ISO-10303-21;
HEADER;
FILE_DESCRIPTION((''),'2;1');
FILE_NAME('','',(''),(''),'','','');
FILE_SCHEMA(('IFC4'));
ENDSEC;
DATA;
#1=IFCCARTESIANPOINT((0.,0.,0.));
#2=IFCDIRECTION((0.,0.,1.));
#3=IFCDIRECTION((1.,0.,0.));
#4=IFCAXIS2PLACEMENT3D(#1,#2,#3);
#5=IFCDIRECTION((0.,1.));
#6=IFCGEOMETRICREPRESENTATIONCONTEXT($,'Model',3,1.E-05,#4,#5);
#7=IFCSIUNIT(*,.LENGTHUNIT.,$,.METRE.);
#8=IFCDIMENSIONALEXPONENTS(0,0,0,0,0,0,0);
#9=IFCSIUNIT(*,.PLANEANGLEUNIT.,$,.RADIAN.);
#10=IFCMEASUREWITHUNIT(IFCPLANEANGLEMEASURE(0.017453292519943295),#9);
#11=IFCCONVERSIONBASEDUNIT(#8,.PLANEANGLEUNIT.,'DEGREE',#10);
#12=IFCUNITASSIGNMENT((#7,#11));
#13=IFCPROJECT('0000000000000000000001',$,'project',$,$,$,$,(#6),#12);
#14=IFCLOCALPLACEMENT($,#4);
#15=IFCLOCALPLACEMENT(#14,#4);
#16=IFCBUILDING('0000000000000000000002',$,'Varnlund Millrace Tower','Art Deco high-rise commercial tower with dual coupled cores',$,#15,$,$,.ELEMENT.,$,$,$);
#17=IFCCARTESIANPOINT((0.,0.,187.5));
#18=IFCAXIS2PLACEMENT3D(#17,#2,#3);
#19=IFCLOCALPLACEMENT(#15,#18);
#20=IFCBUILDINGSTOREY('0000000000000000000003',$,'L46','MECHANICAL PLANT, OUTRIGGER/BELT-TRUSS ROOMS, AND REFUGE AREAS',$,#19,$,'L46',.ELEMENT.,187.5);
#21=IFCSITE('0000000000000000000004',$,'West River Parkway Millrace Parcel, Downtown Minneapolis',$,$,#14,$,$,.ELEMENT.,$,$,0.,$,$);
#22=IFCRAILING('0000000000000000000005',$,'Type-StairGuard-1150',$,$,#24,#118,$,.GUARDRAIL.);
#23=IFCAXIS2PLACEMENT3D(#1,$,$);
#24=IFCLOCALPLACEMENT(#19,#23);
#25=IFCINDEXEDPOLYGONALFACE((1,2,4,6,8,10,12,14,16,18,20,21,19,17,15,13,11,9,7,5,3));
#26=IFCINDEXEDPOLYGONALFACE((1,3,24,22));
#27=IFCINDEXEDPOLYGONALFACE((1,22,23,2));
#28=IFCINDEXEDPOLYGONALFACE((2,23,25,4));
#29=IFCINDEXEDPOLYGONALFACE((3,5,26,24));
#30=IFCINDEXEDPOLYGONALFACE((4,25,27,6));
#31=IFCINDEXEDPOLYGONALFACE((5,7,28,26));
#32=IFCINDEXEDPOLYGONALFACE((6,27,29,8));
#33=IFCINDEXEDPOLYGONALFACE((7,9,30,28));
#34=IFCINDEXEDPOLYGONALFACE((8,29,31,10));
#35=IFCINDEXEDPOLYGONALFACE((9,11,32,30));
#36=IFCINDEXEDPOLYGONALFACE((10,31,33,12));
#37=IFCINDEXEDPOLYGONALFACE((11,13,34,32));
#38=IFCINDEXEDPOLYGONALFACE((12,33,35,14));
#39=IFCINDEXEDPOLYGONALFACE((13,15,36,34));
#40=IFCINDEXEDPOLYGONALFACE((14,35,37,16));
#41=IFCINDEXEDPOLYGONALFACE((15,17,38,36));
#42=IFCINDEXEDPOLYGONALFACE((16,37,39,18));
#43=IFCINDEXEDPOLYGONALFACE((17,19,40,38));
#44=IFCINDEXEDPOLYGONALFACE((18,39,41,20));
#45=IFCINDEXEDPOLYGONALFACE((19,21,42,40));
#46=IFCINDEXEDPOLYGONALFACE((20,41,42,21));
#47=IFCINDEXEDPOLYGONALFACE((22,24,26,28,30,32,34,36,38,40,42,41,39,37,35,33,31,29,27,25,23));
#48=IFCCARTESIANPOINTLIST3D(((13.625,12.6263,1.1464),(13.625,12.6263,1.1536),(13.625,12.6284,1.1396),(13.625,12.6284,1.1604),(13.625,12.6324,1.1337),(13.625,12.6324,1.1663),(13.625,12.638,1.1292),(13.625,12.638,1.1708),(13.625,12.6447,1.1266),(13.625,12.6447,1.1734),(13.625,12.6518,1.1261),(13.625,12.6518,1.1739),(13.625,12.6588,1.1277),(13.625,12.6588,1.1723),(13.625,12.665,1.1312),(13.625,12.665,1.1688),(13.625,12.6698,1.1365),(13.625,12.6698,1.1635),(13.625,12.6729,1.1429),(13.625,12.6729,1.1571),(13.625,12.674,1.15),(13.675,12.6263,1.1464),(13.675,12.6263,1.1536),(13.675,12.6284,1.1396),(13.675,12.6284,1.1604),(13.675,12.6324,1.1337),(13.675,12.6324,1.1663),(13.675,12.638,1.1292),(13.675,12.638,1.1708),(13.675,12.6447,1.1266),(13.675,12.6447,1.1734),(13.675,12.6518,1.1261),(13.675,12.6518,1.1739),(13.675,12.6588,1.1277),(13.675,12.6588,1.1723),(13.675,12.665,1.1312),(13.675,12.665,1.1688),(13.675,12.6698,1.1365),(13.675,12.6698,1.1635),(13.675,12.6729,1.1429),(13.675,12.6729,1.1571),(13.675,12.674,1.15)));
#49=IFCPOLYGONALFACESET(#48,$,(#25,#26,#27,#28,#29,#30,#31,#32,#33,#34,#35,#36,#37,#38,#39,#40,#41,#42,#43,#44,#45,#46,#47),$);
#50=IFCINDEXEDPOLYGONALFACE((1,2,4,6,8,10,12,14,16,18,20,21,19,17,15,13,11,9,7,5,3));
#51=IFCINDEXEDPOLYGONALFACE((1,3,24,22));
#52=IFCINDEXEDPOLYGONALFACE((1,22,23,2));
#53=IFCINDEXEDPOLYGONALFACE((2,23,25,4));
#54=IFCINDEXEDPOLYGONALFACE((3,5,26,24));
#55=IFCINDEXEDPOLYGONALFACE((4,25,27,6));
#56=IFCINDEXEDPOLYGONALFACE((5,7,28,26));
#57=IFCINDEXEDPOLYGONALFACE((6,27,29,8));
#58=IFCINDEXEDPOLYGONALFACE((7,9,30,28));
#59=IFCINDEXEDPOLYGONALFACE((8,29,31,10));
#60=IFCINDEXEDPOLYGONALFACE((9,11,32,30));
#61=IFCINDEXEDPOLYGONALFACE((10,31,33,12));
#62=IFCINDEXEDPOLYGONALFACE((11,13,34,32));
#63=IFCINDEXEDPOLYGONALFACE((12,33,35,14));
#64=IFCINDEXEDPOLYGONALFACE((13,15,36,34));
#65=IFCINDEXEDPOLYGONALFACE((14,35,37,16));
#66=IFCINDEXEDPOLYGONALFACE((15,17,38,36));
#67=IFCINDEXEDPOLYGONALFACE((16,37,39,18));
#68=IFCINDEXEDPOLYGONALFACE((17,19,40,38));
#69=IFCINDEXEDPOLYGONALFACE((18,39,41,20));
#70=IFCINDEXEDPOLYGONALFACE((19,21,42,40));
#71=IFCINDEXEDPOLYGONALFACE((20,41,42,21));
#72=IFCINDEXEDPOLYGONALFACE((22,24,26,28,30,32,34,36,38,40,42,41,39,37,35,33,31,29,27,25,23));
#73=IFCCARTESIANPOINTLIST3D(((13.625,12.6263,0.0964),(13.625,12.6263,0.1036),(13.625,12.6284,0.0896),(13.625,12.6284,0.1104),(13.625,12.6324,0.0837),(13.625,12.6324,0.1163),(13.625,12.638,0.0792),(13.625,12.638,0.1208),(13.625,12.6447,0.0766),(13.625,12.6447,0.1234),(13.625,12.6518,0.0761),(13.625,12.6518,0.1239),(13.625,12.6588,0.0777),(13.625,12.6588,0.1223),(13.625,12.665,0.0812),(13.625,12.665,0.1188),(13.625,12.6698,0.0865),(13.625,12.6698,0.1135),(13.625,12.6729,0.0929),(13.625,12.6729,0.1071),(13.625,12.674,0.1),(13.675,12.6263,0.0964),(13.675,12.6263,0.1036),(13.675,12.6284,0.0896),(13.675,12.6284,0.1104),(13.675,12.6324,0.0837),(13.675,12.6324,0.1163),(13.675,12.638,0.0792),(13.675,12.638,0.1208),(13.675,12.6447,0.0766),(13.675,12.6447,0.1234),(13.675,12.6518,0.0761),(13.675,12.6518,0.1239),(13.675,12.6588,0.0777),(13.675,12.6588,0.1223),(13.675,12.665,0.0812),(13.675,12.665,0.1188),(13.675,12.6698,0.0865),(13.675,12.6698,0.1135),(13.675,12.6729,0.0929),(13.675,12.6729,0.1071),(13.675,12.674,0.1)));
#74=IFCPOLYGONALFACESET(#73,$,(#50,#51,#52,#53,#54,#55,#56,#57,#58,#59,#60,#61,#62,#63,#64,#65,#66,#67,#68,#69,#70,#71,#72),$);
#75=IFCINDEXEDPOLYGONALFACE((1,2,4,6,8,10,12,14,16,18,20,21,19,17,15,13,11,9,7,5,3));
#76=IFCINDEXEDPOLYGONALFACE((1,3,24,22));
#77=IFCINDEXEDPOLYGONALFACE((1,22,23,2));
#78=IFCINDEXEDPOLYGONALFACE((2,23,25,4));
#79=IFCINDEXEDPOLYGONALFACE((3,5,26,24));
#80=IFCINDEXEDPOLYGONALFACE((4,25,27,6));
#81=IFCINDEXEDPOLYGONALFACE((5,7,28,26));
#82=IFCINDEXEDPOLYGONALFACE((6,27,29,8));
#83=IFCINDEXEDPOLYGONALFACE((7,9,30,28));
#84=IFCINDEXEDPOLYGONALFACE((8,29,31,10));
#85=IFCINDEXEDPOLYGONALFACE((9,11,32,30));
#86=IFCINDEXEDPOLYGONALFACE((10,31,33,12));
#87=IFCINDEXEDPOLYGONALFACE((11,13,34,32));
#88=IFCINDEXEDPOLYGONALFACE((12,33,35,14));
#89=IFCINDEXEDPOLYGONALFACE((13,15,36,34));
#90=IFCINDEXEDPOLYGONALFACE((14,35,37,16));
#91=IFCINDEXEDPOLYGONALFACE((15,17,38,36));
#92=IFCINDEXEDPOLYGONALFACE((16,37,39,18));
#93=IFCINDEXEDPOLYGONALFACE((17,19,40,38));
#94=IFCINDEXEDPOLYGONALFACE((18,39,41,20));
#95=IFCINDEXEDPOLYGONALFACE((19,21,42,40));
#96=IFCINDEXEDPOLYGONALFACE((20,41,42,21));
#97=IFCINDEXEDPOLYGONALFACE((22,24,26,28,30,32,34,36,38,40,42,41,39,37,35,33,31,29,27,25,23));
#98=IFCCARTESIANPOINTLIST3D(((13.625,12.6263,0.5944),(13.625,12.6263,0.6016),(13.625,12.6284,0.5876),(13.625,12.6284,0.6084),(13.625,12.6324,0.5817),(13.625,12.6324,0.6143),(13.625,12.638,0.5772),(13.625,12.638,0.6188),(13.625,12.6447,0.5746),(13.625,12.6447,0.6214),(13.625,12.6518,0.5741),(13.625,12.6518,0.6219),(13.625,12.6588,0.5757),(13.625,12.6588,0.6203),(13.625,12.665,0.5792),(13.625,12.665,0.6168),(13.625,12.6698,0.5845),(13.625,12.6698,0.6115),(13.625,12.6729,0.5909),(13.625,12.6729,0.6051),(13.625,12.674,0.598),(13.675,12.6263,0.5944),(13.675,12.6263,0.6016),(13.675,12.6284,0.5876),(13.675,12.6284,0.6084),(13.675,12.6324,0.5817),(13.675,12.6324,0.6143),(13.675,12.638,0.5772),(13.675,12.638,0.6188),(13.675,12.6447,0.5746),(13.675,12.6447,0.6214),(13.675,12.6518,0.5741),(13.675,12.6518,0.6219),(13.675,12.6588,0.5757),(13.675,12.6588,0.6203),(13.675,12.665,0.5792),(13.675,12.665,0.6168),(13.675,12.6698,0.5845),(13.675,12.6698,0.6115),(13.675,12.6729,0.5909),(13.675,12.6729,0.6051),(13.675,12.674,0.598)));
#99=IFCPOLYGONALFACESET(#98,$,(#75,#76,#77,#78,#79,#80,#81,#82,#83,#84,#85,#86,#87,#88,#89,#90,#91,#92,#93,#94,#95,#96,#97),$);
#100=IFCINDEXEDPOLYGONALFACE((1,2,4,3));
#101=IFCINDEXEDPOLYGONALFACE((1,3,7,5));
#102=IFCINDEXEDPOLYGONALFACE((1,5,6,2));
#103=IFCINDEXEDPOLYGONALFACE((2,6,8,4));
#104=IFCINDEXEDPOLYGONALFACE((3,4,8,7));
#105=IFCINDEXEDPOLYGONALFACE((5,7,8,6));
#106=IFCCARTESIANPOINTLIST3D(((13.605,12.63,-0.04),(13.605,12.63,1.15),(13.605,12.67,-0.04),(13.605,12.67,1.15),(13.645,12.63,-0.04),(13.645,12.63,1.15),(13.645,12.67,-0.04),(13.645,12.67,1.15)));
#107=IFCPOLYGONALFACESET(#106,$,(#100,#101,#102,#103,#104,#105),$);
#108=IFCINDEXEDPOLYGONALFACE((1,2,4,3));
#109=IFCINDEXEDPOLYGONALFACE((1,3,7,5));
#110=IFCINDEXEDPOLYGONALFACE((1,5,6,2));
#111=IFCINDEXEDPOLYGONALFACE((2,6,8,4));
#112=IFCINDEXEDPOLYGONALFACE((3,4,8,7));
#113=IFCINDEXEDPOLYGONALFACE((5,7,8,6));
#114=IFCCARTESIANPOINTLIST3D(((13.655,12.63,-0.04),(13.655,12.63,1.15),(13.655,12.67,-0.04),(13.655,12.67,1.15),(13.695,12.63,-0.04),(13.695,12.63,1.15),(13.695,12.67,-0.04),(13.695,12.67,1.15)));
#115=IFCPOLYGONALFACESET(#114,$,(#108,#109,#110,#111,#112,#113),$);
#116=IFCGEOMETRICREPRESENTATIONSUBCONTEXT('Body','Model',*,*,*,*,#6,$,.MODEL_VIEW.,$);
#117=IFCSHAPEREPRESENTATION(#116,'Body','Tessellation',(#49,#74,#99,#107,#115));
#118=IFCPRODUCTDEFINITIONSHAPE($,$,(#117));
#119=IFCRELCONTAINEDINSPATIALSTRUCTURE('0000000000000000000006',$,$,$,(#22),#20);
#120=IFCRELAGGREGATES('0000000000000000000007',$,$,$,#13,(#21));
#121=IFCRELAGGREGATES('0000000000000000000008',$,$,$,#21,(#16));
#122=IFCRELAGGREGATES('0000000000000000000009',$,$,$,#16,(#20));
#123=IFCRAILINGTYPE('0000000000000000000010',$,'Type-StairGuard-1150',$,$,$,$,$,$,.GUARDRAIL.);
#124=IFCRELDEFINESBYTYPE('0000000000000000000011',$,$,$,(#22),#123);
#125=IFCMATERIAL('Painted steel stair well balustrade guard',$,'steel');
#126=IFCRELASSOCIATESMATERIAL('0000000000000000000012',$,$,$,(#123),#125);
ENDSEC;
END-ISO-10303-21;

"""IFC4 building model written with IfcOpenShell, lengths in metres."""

from ifc_helpers import new_model, entity, si_unit, converted_unit, direction, frame, origin_with_axes, origin_2d_with_axis, place, context, subcontext, project, spatial, rectangle, circle, extrude, material, type_object, element, save


model = new_model("IFC4")

# Units and contexts
model_context = context("Model", 3, precision=1e-05, world=origin_with_axes(), true_north=direction((0.0, 1.0)))
body_context = subcontext(model_context, "Body", "Model", "MODEL_VIEW")
ifc_project = project(units=[si_unit("LENGTHUNIT", "METRE"), converted_unit("PLANEANGLEUNIT", "DEGREE", entity("IfcPlaneAngleMeasure", 0.017453292519943295), si_unit("PLANEANGLEUNIT", "RADIAN"), dimensions=[0, 0, 0, 0, 0, 0, 0])], contexts=[model_context])

# Site, building, storey
site_placement = place(None, origin_with_axes())
site = spatial("IfcSite", under=ifc_project, at=site_placement, Name="West River Parkway Millrace Parcel, Downtown Minneapolis", CompositionType="ELEMENT", RefElevation=0.0)
building_placement = place(site_placement, origin_with_axes())
building = spatial("IfcBuilding", under=site, at=building_placement, Name="Varnlund Millrace Tower", Description="Art Deco high-rise commercial tower with dual coupled cores", CompositionType="ELEMENT")
storey_placement = place(building_placement, frame((0.0, 0.0, 187.5), z_axis=(0.0, 0.0, 1.0), x_axis=(1.0, 0.0, 0.0)))
storey = spatial("IfcBuildingStorey", under=building, at=storey_placement, Name="L46", Description="MECHANICAL PLANT, OUTRIGGER/BELT-TRUSS ROOMS, AND REFUGE AREAS", LongName="L46", CompositionType="ELEMENT", Elevation=187.5)

# Railing
ifc_material_1 = material(Name="Painted steel stair well balustrade guard", Category="steel")
railing_type_1 = type_object("IfcRailingType", Name="Type-StairGuard-1150", PredefinedType="GUARDRAIL", material=ifc_material_1)
railing_1_placement = place(storey_placement, frame((0.0, 0.0, -187.5), z_axis=(0.0, 0.0, 1.0), x_axis=(1.0, 0.0, 0.0)))
element("IfcRailing", 1, at=railing_1_placement, inside=storey, type_object=railing_type_1, Name="Type-StairGuard-1150", PredefinedType="GUARDRAIL", context=body_context, shape_type="SweptSolid", body=[
    extrude(circle(Radius=0.024, at=origin_2d_with_axis()), frame((13.625, 12.65, 188.65), z_axis=(1.0, 0.0, 0.0), x_axis=(0.0, 1.0, 0.0)), (0.0, 0.0, 1.0), 0.05),
    extrude(circle(Radius=0.024, at=origin_2d_with_axis()), frame((13.625, 12.65, 187.6), z_axis=(1.0, 0.0, 0.0), x_axis=(0.0, 1.0, 0.0)), (0.0, 0.0, 1.0), 0.05),
    extrude(circle(Radius=0.024, at=origin_2d_with_axis()), frame((13.625, 12.65, 188.098), z_axis=(1.0, 0.0, 0.0), x_axis=(0.0, 1.0, 0.0)), (0.0, 0.0, 1.0), 0.05),
    extrude(rectangle(XDim=0.04, YDim=0.04, at=origin_2d_with_axis()), frame((13.625, 12.65, 187.46), z_axis=(0.0, 0.0, 1.0), x_axis=(1.0, 0.0, 0.0)), (0.0, 0.0, 1.0), 1.19),
    extrude(rectangle(XDim=0.04, YDim=0.04, at=origin_2d_with_axis()), frame((13.675, 12.65, 187.46), z_axis=(0.0, 0.0, 1.0), x_axis=(1.0, 0.0, 0.0)), (0.0, 0.0, 1.0), 1.19),
])

save(model, "model.ifc")
